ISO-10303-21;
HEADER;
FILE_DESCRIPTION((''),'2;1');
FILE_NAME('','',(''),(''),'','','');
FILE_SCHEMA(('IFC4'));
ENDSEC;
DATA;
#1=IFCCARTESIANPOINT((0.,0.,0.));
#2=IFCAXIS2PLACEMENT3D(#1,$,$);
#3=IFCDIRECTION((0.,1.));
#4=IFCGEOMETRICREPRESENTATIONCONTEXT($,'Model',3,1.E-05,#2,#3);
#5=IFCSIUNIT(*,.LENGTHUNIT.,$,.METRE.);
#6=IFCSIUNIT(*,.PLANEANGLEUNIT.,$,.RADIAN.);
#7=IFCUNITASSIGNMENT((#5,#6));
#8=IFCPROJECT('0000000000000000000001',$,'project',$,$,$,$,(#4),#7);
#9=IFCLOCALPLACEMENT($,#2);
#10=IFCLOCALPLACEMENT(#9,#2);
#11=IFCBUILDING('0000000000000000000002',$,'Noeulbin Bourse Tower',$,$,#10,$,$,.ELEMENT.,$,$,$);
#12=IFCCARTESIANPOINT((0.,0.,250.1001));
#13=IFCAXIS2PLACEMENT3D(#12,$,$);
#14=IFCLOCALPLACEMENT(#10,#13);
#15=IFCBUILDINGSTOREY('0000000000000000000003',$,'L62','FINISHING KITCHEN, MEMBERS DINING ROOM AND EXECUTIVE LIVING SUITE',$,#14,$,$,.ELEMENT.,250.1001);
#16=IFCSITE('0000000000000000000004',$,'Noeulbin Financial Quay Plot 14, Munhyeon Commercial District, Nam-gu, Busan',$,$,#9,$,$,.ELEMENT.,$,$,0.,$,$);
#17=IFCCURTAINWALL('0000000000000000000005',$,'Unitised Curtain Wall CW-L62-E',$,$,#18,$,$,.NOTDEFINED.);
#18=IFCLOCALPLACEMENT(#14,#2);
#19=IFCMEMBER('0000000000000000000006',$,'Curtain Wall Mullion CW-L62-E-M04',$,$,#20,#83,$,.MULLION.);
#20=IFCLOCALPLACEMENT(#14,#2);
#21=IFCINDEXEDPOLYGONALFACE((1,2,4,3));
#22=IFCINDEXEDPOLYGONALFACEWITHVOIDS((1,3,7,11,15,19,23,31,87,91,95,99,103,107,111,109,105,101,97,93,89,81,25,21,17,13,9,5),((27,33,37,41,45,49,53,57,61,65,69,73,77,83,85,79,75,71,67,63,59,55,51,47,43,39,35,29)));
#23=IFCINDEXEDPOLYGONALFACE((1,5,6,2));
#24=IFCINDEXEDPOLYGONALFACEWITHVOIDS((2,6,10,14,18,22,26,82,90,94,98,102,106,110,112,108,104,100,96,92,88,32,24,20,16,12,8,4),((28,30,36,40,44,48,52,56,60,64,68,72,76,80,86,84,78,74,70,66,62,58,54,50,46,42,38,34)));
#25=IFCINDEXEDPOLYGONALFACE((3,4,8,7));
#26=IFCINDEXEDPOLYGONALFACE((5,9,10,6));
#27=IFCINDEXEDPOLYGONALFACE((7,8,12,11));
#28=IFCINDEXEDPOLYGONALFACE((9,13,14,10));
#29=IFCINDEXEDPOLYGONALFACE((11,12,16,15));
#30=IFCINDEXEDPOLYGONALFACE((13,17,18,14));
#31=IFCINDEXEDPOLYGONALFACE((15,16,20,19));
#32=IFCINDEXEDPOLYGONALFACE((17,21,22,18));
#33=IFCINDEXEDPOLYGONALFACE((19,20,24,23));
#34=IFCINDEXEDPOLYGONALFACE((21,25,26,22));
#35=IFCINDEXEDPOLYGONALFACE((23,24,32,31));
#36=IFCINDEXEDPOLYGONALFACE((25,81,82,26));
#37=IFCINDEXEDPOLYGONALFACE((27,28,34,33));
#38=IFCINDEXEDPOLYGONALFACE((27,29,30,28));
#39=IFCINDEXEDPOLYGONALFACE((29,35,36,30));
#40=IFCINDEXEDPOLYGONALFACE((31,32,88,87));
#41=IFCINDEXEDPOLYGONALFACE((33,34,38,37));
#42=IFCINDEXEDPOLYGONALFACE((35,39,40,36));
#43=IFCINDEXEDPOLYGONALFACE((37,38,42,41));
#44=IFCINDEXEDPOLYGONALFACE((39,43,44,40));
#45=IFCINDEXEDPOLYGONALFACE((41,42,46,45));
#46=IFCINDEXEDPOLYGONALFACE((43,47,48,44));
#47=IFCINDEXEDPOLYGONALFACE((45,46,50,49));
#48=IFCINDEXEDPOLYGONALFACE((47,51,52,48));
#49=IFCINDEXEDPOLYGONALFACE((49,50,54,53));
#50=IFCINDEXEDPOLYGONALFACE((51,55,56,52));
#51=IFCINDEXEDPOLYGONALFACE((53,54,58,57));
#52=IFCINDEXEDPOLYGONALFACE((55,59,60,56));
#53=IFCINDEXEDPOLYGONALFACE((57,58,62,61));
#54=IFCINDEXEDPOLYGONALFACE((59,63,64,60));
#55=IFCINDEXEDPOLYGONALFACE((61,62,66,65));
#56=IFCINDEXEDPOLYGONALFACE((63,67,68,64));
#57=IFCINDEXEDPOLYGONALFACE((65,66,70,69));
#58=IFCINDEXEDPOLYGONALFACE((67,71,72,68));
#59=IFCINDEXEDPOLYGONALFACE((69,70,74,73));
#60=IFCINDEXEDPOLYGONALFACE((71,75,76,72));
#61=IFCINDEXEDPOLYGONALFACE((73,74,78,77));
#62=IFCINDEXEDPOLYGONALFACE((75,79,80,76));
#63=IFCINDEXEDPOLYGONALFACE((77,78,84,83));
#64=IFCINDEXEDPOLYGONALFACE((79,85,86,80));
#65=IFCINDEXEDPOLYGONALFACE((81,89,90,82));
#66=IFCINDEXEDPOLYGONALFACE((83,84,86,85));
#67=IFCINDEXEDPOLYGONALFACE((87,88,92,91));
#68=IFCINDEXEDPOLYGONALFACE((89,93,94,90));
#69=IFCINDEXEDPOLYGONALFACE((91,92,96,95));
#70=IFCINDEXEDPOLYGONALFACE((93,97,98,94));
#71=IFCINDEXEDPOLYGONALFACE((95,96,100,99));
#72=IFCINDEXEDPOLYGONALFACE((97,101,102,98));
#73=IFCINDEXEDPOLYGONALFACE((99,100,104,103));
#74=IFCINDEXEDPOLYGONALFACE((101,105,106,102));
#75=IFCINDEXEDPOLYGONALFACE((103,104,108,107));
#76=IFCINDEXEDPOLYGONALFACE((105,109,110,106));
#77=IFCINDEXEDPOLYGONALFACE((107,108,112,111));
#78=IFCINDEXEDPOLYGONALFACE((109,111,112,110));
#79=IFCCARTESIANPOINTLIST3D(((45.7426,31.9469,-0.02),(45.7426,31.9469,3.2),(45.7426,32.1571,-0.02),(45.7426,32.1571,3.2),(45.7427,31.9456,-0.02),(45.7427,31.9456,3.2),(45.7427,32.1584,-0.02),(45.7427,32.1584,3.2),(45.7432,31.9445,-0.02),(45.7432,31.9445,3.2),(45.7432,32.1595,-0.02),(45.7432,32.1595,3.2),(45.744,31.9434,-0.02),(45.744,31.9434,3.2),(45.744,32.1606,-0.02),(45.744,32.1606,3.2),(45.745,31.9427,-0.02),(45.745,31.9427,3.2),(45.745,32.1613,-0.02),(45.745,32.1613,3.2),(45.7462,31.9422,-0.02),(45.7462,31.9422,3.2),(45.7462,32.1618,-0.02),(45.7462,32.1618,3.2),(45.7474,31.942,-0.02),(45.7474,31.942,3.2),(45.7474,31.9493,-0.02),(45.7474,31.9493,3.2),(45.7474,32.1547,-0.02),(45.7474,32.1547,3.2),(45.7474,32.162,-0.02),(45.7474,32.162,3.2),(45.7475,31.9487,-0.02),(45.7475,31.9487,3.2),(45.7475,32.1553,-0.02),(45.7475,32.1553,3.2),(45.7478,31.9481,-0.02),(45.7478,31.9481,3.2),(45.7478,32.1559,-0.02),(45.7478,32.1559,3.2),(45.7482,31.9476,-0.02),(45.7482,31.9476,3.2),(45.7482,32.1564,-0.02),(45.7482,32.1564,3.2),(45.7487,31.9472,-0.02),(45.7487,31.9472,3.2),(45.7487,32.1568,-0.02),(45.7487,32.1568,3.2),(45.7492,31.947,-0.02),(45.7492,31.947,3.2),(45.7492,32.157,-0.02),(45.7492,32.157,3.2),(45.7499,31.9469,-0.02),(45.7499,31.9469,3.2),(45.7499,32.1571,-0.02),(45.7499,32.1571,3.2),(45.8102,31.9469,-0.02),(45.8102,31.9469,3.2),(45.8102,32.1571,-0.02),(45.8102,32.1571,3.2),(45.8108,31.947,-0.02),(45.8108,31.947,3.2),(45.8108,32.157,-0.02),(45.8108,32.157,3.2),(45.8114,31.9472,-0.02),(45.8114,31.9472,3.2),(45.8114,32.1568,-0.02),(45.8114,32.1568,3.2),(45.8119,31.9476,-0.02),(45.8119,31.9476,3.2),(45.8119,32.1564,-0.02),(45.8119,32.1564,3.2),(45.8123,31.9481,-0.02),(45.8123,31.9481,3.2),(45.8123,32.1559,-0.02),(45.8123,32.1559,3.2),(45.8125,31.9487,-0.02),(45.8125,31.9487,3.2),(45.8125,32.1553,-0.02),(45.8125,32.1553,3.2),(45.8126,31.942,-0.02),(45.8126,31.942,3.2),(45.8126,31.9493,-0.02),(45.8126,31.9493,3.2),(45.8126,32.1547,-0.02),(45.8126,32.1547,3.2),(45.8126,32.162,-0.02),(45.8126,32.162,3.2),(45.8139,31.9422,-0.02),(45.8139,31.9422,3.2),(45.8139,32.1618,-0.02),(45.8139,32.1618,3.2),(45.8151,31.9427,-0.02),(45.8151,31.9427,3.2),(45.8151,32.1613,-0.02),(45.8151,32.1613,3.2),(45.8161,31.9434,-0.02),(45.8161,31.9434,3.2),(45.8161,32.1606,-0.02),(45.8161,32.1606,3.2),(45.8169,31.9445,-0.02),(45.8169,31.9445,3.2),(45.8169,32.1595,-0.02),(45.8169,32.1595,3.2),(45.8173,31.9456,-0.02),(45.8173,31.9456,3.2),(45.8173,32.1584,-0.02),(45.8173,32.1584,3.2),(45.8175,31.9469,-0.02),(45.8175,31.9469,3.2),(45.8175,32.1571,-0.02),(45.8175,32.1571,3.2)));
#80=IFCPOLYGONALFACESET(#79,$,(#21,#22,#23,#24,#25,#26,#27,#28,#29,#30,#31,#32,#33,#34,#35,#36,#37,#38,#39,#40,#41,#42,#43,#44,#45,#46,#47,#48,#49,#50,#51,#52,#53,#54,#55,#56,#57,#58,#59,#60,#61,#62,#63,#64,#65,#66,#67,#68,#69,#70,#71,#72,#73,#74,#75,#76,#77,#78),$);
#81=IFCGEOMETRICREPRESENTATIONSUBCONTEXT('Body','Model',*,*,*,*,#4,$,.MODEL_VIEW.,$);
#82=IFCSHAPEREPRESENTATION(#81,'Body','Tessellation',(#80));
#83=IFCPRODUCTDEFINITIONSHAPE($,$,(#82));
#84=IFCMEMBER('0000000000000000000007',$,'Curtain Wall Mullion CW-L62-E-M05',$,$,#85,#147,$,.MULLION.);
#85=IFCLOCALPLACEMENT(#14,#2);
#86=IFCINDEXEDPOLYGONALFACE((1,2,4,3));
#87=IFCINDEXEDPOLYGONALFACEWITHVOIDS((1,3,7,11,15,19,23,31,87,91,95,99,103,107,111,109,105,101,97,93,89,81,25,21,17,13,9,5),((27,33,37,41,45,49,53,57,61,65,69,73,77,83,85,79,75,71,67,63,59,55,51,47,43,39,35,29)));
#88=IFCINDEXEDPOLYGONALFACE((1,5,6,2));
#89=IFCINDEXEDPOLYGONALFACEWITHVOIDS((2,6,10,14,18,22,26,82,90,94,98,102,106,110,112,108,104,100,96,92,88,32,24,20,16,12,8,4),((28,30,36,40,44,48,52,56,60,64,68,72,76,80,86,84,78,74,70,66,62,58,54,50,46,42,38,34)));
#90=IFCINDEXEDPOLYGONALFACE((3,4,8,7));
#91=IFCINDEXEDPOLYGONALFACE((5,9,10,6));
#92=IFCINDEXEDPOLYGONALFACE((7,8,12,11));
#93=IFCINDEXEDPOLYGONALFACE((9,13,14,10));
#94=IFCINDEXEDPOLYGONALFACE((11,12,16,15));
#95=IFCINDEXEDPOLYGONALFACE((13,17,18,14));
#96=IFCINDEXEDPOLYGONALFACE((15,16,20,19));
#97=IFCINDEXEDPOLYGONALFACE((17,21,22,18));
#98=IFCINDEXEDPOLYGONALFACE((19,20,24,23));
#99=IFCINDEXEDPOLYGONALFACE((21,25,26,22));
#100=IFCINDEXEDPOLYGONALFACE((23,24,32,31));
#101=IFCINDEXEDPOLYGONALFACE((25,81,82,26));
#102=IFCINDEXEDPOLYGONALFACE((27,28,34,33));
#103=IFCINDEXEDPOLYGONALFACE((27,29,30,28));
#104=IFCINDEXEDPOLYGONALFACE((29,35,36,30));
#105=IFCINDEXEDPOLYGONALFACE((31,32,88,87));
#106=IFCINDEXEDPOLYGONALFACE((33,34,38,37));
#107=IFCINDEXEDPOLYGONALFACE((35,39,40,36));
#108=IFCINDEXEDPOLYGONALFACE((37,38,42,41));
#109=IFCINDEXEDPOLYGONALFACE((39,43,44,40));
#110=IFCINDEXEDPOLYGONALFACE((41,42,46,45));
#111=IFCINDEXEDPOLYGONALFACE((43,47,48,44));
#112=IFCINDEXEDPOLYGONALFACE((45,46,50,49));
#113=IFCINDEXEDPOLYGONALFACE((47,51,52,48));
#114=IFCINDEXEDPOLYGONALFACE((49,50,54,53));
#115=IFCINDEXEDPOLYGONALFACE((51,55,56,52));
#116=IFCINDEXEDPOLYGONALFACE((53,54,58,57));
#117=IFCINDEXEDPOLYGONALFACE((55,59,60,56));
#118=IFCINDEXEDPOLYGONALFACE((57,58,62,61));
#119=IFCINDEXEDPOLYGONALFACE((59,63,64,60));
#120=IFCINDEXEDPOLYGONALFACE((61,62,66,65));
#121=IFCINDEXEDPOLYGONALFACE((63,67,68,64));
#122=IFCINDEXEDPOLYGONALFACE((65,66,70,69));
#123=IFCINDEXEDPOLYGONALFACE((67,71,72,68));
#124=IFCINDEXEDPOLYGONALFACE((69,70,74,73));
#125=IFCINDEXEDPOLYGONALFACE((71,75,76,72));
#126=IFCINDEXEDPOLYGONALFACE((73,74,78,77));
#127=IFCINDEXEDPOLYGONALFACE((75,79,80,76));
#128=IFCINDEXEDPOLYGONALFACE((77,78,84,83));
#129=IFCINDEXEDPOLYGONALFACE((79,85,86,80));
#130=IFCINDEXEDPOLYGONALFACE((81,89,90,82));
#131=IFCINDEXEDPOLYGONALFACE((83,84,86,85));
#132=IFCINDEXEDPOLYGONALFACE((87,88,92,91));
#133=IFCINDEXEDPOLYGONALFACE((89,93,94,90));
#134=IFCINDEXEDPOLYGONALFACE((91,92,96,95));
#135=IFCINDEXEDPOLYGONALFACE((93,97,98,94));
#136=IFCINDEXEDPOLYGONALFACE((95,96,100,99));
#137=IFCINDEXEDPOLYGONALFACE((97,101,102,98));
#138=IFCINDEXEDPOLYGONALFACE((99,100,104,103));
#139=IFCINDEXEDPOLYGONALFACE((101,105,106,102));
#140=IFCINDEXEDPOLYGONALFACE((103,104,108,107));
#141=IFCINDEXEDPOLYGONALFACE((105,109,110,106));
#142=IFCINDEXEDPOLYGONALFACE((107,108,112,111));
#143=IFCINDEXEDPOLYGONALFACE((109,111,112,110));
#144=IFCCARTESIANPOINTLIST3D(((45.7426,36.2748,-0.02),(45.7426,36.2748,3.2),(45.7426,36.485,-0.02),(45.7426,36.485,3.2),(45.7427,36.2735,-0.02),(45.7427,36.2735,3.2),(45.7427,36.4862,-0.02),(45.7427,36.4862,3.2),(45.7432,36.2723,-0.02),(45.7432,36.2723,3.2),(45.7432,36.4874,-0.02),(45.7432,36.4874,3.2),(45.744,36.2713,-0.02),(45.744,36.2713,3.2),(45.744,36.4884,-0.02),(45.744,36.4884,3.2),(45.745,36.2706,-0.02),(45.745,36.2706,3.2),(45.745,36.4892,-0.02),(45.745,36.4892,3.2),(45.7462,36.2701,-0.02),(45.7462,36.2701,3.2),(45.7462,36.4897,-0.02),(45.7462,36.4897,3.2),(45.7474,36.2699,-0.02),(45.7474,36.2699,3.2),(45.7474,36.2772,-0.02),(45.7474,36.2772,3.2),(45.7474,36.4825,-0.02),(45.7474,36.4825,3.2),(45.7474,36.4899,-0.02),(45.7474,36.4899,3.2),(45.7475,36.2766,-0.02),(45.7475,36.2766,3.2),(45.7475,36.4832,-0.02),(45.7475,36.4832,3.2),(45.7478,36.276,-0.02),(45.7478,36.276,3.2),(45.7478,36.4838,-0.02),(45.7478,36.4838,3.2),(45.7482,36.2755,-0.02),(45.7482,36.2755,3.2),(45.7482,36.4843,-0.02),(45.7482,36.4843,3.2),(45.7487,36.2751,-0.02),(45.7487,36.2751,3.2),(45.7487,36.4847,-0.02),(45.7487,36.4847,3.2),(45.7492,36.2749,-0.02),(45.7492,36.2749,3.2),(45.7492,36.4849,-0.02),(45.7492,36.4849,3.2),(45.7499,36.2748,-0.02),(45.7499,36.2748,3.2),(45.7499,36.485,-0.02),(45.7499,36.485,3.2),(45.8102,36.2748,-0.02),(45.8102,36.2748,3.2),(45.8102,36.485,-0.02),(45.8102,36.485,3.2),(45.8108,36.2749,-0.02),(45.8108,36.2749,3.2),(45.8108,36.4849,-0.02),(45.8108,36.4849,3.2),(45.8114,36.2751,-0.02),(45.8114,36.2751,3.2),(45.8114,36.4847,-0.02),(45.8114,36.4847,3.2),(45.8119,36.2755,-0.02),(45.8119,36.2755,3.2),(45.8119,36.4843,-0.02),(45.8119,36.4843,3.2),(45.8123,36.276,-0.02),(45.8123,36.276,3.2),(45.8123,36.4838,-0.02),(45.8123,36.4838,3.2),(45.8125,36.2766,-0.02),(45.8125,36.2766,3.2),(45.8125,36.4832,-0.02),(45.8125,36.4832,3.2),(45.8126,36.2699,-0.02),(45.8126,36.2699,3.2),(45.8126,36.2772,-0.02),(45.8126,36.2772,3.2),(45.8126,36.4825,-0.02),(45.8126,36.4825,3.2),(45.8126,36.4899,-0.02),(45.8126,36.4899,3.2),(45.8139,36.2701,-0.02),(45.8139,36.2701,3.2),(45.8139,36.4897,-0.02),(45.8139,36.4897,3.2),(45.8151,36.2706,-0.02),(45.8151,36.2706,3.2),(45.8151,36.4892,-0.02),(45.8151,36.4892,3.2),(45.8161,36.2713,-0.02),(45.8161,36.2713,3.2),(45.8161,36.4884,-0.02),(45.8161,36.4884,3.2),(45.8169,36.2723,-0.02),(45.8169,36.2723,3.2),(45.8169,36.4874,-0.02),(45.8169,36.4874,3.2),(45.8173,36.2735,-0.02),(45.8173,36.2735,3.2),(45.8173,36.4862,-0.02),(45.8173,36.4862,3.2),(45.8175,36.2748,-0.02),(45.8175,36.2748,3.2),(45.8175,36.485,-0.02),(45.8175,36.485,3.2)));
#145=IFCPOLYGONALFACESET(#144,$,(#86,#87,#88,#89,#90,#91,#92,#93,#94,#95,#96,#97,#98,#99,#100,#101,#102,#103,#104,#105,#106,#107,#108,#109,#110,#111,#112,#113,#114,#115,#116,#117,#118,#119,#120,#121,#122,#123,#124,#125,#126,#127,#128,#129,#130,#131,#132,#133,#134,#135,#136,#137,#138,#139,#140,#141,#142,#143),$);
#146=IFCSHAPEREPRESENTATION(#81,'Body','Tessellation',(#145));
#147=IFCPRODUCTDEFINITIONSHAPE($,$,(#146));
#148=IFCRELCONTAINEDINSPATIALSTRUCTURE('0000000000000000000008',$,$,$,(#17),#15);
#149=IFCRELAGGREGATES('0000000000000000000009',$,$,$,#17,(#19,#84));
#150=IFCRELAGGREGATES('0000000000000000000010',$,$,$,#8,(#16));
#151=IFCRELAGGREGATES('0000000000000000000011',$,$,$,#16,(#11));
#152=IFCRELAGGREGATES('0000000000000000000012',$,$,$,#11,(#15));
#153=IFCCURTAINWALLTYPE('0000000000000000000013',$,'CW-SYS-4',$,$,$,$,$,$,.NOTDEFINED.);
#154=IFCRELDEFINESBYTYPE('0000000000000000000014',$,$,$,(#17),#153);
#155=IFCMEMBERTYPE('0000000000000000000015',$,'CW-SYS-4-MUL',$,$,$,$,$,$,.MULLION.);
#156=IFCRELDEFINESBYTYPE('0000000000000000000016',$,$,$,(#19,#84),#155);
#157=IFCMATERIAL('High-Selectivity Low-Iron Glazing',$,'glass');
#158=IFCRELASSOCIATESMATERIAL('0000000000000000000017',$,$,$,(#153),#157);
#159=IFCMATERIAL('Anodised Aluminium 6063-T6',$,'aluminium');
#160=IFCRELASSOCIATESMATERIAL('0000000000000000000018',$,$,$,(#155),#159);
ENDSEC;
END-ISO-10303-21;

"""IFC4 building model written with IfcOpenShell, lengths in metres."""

from ifc_helpers import new_model, si_unit, direction, frame, origin, origin_2d, place, context, subcontext, project, spatial, hollow_rectangle, extrude, material, material_profile, profile_set, type_object, element, aggregate, save


model = new_model("IFC4")

# Units and contexts
model_context = context("Model", 3, precision=1e-05, world=origin(), true_north=direction((0.0, 1.0)))
body_context = subcontext(model_context, "Body", "Model", "MODEL_VIEW")
ifc_project = project(units=[si_unit("LENGTHUNIT", "METRE"), si_unit("PLANEANGLEUNIT", "RADIAN")], contexts=[model_context])

# Site, building, storey
site_placement = place(None, origin())
site = spatial("IfcSite", under=ifc_project, at=site_placement, Name="Noeulbin Financial Quay Plot 14, Munhyeon Commercial District, Nam-gu, Busan", CompositionType="ELEMENT", RefElevation=0.0)
building_placement = place(site_placement, origin())
building = spatial("IfcBuilding", under=site, at=building_placement, Name="Noeulbin Bourse Tower", CompositionType="ELEMENT")
storey_placement = place(building_placement, frame((0.0, 0.0, 250.1001)))
storey = spatial("IfcBuildingStorey", under=building, at=storey_placement, Name="L62", Description="FINISHING KITCHEN, MEMBERS DINING ROOM AND EXECUTIVE LIVING SUITE", CompositionType="ELEMENT", Elevation=250.1001)

# Curtain wall, members
ifc_material_1 = material(Name="High-Selectivity Low-Iron Glazing", Category="glass")
curtain_wall_type = type_object("IfcCurtainWallType", Name="CW-SYS-4", PredefinedType="NOTDEFINED", material=ifc_material_1)
ifc_material_2 = material(Name="Anodised Aluminium 6063-T6", Category="aluminium")
ifc_material_profile_1 = material_profile(ifc_material_2, hollow_rectangle(XDim=0.075, YDim=0.22, WallThickness=0.0049, InnerFilletRadius=0.0024, OuterFilletRadius=0.0049, at=origin_2d()), Name="ALU-MULL-75x220x5", Category="LoadBearing")
ifc_profile_set_1 = profile_set([ifc_material_profile_1], Name="Anodised Aluminium 6063-T6")
member_type_1 = type_object("IfcMemberType", Name="CW-SYS-4-MUL", PredefinedType="MULLION", material=ifc_profile_set_1)
curtain_wall_1_placement = place(storey_placement, origin())
curtain_wall_1 = element("IfcCurtainWall", 1, at=curtain_wall_1_placement, inside=storey, type_object=curtain_wall_type, Name="Unitised Curtain Wall CW-L62-E", PredefinedType="NOTDEFINED")
member_1_placement = place(storey_placement, frame((45.78, 32.052, -0.02), z_axis=(0.0, 0.0, 1.0), x_axis=(1.0, 0.0, 0.0)))
member_1 = element("IfcMember", 2, at=member_1_placement, type_object=member_type_1, Name="Curtain Wall Mullion CW-L62-E-M04", PredefinedType="MULLION", context=body_context, shape_type="SweptSolid", body=[
    extrude(hollow_rectangle(XDim=0.075, YDim=0.22, WallThickness=0.0049, InnerFilletRadius=0.0024, OuterFilletRadius=0.0049, at=origin_2d()), origin(), (0.0, 0.0, 1.0), 3.22),
])
member_2_placement = place(storey_placement, frame((45.78, 36.3799, -0.02), z_axis=(0.0, 0.0, 1.0), x_axis=(1.0, 0.0, 0.0)))
member_2 = element("IfcMember", 3, at=member_2_placement, type_object=member_type_1, Name="Curtain Wall Mullion CW-L62-E-M05", PredefinedType="MULLION", context=body_context, shape_type="SweptSolid", body=[
    extrude(hollow_rectangle(XDim=0.075, YDim=0.22, WallThickness=0.0049, InnerFilletRadius=0.0024, OuterFilletRadius=0.0049, at=origin_2d()), origin(), (0.0, 0.0, 1.0), 3.22),
])

aggregate(curtain_wall_1, [member_1, member_2])

save(model, "model.ifc")
